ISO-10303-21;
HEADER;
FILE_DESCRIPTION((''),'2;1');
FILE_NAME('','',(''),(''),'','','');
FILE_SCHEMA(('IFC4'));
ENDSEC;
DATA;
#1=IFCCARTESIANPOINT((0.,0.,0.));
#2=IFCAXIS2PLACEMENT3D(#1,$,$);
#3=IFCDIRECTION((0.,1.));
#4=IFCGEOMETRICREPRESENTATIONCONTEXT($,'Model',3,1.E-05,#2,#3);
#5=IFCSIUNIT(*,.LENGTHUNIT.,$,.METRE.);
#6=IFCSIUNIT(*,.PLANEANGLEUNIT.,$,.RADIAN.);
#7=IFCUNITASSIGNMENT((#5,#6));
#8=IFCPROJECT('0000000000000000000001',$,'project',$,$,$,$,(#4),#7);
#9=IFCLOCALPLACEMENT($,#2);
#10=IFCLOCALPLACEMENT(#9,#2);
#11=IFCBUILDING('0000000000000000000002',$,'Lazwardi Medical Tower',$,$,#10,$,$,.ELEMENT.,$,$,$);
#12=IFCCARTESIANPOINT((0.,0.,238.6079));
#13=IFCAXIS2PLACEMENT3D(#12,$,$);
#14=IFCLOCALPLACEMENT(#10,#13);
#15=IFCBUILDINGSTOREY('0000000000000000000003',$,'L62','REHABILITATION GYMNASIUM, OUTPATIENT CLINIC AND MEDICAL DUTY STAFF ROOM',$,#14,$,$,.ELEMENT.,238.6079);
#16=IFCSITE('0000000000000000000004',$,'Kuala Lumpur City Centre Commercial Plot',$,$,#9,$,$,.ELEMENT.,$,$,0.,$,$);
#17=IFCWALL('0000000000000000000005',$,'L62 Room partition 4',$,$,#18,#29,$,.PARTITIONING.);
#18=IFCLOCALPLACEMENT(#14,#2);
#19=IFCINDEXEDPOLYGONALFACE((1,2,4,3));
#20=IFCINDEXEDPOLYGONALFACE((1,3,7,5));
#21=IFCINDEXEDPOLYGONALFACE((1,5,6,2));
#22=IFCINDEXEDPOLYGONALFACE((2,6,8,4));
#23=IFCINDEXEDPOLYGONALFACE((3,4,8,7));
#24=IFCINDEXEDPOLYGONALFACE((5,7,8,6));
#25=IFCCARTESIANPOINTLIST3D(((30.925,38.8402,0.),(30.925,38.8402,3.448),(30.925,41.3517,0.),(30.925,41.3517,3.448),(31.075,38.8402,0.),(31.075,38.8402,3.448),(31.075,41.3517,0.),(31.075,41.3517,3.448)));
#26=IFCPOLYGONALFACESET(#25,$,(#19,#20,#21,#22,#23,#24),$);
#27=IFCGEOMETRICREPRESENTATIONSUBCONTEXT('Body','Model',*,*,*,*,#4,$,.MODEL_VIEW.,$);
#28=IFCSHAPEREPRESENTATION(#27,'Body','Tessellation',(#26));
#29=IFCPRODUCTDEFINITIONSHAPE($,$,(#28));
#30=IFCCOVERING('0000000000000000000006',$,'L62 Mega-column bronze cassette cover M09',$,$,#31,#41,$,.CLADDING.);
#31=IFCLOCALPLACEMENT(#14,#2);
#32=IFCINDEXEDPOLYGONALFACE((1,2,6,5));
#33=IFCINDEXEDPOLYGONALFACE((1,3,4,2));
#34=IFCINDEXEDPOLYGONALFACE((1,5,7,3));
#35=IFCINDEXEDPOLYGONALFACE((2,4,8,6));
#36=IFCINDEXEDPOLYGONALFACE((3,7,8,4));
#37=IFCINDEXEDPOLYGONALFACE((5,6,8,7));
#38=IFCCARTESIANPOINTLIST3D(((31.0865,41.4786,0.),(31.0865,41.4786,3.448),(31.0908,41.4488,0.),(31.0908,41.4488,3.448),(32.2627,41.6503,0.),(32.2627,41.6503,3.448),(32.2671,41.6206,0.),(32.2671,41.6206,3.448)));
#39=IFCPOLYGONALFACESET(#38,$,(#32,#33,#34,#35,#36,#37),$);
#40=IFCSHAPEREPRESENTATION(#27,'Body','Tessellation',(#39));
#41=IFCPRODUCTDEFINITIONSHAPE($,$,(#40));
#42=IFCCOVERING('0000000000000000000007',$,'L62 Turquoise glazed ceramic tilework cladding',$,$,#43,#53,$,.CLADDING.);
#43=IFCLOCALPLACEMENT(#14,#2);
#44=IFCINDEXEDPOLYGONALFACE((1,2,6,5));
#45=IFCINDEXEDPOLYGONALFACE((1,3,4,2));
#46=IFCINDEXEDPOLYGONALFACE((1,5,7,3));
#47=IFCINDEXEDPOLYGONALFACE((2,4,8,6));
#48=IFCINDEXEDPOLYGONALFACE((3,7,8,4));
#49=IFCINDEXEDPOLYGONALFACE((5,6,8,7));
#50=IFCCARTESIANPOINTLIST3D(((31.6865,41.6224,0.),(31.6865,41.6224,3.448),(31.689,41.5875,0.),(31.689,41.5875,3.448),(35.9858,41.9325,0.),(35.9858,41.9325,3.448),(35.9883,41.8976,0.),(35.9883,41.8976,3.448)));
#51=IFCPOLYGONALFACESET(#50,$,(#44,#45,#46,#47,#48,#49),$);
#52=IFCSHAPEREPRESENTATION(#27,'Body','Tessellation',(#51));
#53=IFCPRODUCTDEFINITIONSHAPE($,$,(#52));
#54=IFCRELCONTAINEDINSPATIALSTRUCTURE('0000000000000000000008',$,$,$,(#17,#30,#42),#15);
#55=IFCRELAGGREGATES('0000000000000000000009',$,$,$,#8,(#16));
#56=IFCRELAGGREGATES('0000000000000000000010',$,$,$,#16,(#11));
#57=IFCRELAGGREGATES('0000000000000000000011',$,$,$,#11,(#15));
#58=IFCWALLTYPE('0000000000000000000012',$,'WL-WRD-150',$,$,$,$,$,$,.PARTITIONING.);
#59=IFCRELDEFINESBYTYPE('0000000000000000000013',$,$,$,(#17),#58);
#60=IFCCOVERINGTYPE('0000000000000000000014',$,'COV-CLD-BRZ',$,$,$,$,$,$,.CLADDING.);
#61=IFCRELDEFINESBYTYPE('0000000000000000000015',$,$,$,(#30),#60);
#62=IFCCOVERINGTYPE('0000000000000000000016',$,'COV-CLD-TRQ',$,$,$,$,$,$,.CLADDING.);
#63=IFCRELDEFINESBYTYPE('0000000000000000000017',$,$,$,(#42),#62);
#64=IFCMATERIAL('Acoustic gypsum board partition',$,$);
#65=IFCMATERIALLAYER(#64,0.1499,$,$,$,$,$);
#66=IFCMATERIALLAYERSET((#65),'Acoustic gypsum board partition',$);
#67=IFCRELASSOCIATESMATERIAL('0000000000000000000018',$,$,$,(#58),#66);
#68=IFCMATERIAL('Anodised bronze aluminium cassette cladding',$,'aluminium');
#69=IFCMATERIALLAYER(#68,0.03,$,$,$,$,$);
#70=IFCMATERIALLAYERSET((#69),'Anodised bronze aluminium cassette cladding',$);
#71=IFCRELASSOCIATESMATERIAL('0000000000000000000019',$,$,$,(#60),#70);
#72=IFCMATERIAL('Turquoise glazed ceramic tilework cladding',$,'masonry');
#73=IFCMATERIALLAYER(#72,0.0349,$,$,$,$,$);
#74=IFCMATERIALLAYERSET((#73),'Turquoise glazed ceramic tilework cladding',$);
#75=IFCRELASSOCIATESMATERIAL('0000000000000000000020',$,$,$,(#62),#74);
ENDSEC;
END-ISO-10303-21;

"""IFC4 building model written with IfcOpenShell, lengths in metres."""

from ifc_helpers import new_model, si_unit, direction, frame, frame_2d, origin, origin_2d, place, context, subcontext, project, spatial, rectangle, extrude, material, layer, layer_set, type_object, element, save


model = new_model("IFC4")

# Units and contexts
model_context = context("Model", 3, precision=1e-05, world=origin(), true_north=direction((0.0, 1.0)))
body_context = subcontext(model_context, "Body", "Model", "MODEL_VIEW")
ifc_project = project(units=[si_unit("LENGTHUNIT", "METRE"), si_unit("PLANEANGLEUNIT", "RADIAN")], contexts=[model_context])

# Site, building, storey
site_placement = place(None, origin())
site = spatial("IfcSite", under=ifc_project, at=site_placement, Name="Kuala Lumpur City Centre Commercial Plot", CompositionType="ELEMENT", RefElevation=0.0)
building_placement = place(site_placement, origin())
building = spatial("IfcBuilding", under=site, at=building_placement, Name="Lazwardi Medical Tower", CompositionType="ELEMENT")
storey_placement = place(building_placement, frame((0.0, 0.0, 238.6079)))
storey = spatial("IfcBuildingStorey", under=building, at=storey_placement, Name="L62", Description="REHABILITATION GYMNASIUM, OUTPATIENT CLINIC AND MEDICAL DUTY STAFF ROOM", CompositionType="ELEMENT", Elevation=238.6079)

# Wall
ifc_material_1 = material(Name="Acoustic gypsum board partition")
ifc_layer_1 = layer(ifc_material_1, 0.1499)
ifc_layer_set_1 = layer_set([ifc_layer_1], Name="Acoustic gypsum board partition")
wall_type_1 = type_object("IfcWallType", Name="WL-WRD-150", PredefinedType="PARTITIONING", material=ifc_layer_set_1)
wall_1_placement = place(storey_placement, frame((31.0, 38.8401, 0.0), z_axis=(0.0, 0.0, 1.0), x_axis=(0.0, 1.0, 0.0)))
element("IfcWall", 1, at=wall_1_placement, inside=storey, type_object=wall_type_1, Name="L62 Room partition 4", PredefinedType="PARTITIONING", context=body_context, shape_type="SweptSolid", body=[
    extrude(rectangle(XDim=2.5115, YDim=0.1499, at=frame_2d((1.2559, 0.0))), origin(), (0.0, 0.0, 1.0), 3.448),
])

# Coverings
ifc_material_2 = material(Name="Anodised bronze aluminium cassette cladding", Category="aluminium")
ifc_layer_2 = layer(ifc_material_2, 0.03)
ifc_layer_set_2 = layer_set([ifc_layer_2], Name="Anodised bronze aluminium cassette cladding")
covering_type_1 = type_object("IfcCoveringType", Name="COV-CLD-BRZ", PredefinedType="CLADDING", material=ifc_layer_set_2)
covering_1_placement = place(storey_placement, frame((31.6768, 41.5496, 0.0), z_axis=(0.0, 0.0, 1.0), x_axis=(-0.989512, -0.144448, 0.0)))
element("IfcCovering", 2, at=covering_1_placement, inside=storey, type_object=covering_type_1, Name="L62 Mega-column bronze cassette cover M09", PredefinedType="CLADDING", context=body_context, shape_type="SweptSolid", body=[
    extrude(rectangle(XDim=1.1887, YDim=0.03, at=origin_2d()), origin(), (0.0, 0.0, 1.0), 3.448),
])
ifc_material_3 = material(Name="Turquoise glazed ceramic tilework cladding", Category="masonry")
ifc_layer_3 = layer(ifc_material_3, 0.0349)
ifc_layer_set_3 = layer_set([ifc_layer_3], Name="Turquoise glazed ceramic tilework cladding")
covering_type_2 = type_object("IfcCoveringType", Name="COV-CLD-TRQ", PredefinedType="CLADDING", material=ifc_layer_set_3)
covering_2_placement = place(storey_placement, frame((33.8374, 41.76, 0.0), z_axis=(0.0, 0.0, 1.0), x_axis=(-0.997409, -0.07194, 0.0)))
element("IfcCovering", 3, at=covering_2_placement, inside=storey, type_object=covering_type_2, Name="L62 Turquoise glazed ceramic tilework cladding", PredefinedType="CLADDING", context=body_context, shape_type="SweptSolid", body=[
    extrude(rectangle(XDim=4.3105, YDim=0.0349, at=origin_2d()), origin(), (0.0, 0.0, 1.0), 3.448),
])

save(model, "model.ifc")
